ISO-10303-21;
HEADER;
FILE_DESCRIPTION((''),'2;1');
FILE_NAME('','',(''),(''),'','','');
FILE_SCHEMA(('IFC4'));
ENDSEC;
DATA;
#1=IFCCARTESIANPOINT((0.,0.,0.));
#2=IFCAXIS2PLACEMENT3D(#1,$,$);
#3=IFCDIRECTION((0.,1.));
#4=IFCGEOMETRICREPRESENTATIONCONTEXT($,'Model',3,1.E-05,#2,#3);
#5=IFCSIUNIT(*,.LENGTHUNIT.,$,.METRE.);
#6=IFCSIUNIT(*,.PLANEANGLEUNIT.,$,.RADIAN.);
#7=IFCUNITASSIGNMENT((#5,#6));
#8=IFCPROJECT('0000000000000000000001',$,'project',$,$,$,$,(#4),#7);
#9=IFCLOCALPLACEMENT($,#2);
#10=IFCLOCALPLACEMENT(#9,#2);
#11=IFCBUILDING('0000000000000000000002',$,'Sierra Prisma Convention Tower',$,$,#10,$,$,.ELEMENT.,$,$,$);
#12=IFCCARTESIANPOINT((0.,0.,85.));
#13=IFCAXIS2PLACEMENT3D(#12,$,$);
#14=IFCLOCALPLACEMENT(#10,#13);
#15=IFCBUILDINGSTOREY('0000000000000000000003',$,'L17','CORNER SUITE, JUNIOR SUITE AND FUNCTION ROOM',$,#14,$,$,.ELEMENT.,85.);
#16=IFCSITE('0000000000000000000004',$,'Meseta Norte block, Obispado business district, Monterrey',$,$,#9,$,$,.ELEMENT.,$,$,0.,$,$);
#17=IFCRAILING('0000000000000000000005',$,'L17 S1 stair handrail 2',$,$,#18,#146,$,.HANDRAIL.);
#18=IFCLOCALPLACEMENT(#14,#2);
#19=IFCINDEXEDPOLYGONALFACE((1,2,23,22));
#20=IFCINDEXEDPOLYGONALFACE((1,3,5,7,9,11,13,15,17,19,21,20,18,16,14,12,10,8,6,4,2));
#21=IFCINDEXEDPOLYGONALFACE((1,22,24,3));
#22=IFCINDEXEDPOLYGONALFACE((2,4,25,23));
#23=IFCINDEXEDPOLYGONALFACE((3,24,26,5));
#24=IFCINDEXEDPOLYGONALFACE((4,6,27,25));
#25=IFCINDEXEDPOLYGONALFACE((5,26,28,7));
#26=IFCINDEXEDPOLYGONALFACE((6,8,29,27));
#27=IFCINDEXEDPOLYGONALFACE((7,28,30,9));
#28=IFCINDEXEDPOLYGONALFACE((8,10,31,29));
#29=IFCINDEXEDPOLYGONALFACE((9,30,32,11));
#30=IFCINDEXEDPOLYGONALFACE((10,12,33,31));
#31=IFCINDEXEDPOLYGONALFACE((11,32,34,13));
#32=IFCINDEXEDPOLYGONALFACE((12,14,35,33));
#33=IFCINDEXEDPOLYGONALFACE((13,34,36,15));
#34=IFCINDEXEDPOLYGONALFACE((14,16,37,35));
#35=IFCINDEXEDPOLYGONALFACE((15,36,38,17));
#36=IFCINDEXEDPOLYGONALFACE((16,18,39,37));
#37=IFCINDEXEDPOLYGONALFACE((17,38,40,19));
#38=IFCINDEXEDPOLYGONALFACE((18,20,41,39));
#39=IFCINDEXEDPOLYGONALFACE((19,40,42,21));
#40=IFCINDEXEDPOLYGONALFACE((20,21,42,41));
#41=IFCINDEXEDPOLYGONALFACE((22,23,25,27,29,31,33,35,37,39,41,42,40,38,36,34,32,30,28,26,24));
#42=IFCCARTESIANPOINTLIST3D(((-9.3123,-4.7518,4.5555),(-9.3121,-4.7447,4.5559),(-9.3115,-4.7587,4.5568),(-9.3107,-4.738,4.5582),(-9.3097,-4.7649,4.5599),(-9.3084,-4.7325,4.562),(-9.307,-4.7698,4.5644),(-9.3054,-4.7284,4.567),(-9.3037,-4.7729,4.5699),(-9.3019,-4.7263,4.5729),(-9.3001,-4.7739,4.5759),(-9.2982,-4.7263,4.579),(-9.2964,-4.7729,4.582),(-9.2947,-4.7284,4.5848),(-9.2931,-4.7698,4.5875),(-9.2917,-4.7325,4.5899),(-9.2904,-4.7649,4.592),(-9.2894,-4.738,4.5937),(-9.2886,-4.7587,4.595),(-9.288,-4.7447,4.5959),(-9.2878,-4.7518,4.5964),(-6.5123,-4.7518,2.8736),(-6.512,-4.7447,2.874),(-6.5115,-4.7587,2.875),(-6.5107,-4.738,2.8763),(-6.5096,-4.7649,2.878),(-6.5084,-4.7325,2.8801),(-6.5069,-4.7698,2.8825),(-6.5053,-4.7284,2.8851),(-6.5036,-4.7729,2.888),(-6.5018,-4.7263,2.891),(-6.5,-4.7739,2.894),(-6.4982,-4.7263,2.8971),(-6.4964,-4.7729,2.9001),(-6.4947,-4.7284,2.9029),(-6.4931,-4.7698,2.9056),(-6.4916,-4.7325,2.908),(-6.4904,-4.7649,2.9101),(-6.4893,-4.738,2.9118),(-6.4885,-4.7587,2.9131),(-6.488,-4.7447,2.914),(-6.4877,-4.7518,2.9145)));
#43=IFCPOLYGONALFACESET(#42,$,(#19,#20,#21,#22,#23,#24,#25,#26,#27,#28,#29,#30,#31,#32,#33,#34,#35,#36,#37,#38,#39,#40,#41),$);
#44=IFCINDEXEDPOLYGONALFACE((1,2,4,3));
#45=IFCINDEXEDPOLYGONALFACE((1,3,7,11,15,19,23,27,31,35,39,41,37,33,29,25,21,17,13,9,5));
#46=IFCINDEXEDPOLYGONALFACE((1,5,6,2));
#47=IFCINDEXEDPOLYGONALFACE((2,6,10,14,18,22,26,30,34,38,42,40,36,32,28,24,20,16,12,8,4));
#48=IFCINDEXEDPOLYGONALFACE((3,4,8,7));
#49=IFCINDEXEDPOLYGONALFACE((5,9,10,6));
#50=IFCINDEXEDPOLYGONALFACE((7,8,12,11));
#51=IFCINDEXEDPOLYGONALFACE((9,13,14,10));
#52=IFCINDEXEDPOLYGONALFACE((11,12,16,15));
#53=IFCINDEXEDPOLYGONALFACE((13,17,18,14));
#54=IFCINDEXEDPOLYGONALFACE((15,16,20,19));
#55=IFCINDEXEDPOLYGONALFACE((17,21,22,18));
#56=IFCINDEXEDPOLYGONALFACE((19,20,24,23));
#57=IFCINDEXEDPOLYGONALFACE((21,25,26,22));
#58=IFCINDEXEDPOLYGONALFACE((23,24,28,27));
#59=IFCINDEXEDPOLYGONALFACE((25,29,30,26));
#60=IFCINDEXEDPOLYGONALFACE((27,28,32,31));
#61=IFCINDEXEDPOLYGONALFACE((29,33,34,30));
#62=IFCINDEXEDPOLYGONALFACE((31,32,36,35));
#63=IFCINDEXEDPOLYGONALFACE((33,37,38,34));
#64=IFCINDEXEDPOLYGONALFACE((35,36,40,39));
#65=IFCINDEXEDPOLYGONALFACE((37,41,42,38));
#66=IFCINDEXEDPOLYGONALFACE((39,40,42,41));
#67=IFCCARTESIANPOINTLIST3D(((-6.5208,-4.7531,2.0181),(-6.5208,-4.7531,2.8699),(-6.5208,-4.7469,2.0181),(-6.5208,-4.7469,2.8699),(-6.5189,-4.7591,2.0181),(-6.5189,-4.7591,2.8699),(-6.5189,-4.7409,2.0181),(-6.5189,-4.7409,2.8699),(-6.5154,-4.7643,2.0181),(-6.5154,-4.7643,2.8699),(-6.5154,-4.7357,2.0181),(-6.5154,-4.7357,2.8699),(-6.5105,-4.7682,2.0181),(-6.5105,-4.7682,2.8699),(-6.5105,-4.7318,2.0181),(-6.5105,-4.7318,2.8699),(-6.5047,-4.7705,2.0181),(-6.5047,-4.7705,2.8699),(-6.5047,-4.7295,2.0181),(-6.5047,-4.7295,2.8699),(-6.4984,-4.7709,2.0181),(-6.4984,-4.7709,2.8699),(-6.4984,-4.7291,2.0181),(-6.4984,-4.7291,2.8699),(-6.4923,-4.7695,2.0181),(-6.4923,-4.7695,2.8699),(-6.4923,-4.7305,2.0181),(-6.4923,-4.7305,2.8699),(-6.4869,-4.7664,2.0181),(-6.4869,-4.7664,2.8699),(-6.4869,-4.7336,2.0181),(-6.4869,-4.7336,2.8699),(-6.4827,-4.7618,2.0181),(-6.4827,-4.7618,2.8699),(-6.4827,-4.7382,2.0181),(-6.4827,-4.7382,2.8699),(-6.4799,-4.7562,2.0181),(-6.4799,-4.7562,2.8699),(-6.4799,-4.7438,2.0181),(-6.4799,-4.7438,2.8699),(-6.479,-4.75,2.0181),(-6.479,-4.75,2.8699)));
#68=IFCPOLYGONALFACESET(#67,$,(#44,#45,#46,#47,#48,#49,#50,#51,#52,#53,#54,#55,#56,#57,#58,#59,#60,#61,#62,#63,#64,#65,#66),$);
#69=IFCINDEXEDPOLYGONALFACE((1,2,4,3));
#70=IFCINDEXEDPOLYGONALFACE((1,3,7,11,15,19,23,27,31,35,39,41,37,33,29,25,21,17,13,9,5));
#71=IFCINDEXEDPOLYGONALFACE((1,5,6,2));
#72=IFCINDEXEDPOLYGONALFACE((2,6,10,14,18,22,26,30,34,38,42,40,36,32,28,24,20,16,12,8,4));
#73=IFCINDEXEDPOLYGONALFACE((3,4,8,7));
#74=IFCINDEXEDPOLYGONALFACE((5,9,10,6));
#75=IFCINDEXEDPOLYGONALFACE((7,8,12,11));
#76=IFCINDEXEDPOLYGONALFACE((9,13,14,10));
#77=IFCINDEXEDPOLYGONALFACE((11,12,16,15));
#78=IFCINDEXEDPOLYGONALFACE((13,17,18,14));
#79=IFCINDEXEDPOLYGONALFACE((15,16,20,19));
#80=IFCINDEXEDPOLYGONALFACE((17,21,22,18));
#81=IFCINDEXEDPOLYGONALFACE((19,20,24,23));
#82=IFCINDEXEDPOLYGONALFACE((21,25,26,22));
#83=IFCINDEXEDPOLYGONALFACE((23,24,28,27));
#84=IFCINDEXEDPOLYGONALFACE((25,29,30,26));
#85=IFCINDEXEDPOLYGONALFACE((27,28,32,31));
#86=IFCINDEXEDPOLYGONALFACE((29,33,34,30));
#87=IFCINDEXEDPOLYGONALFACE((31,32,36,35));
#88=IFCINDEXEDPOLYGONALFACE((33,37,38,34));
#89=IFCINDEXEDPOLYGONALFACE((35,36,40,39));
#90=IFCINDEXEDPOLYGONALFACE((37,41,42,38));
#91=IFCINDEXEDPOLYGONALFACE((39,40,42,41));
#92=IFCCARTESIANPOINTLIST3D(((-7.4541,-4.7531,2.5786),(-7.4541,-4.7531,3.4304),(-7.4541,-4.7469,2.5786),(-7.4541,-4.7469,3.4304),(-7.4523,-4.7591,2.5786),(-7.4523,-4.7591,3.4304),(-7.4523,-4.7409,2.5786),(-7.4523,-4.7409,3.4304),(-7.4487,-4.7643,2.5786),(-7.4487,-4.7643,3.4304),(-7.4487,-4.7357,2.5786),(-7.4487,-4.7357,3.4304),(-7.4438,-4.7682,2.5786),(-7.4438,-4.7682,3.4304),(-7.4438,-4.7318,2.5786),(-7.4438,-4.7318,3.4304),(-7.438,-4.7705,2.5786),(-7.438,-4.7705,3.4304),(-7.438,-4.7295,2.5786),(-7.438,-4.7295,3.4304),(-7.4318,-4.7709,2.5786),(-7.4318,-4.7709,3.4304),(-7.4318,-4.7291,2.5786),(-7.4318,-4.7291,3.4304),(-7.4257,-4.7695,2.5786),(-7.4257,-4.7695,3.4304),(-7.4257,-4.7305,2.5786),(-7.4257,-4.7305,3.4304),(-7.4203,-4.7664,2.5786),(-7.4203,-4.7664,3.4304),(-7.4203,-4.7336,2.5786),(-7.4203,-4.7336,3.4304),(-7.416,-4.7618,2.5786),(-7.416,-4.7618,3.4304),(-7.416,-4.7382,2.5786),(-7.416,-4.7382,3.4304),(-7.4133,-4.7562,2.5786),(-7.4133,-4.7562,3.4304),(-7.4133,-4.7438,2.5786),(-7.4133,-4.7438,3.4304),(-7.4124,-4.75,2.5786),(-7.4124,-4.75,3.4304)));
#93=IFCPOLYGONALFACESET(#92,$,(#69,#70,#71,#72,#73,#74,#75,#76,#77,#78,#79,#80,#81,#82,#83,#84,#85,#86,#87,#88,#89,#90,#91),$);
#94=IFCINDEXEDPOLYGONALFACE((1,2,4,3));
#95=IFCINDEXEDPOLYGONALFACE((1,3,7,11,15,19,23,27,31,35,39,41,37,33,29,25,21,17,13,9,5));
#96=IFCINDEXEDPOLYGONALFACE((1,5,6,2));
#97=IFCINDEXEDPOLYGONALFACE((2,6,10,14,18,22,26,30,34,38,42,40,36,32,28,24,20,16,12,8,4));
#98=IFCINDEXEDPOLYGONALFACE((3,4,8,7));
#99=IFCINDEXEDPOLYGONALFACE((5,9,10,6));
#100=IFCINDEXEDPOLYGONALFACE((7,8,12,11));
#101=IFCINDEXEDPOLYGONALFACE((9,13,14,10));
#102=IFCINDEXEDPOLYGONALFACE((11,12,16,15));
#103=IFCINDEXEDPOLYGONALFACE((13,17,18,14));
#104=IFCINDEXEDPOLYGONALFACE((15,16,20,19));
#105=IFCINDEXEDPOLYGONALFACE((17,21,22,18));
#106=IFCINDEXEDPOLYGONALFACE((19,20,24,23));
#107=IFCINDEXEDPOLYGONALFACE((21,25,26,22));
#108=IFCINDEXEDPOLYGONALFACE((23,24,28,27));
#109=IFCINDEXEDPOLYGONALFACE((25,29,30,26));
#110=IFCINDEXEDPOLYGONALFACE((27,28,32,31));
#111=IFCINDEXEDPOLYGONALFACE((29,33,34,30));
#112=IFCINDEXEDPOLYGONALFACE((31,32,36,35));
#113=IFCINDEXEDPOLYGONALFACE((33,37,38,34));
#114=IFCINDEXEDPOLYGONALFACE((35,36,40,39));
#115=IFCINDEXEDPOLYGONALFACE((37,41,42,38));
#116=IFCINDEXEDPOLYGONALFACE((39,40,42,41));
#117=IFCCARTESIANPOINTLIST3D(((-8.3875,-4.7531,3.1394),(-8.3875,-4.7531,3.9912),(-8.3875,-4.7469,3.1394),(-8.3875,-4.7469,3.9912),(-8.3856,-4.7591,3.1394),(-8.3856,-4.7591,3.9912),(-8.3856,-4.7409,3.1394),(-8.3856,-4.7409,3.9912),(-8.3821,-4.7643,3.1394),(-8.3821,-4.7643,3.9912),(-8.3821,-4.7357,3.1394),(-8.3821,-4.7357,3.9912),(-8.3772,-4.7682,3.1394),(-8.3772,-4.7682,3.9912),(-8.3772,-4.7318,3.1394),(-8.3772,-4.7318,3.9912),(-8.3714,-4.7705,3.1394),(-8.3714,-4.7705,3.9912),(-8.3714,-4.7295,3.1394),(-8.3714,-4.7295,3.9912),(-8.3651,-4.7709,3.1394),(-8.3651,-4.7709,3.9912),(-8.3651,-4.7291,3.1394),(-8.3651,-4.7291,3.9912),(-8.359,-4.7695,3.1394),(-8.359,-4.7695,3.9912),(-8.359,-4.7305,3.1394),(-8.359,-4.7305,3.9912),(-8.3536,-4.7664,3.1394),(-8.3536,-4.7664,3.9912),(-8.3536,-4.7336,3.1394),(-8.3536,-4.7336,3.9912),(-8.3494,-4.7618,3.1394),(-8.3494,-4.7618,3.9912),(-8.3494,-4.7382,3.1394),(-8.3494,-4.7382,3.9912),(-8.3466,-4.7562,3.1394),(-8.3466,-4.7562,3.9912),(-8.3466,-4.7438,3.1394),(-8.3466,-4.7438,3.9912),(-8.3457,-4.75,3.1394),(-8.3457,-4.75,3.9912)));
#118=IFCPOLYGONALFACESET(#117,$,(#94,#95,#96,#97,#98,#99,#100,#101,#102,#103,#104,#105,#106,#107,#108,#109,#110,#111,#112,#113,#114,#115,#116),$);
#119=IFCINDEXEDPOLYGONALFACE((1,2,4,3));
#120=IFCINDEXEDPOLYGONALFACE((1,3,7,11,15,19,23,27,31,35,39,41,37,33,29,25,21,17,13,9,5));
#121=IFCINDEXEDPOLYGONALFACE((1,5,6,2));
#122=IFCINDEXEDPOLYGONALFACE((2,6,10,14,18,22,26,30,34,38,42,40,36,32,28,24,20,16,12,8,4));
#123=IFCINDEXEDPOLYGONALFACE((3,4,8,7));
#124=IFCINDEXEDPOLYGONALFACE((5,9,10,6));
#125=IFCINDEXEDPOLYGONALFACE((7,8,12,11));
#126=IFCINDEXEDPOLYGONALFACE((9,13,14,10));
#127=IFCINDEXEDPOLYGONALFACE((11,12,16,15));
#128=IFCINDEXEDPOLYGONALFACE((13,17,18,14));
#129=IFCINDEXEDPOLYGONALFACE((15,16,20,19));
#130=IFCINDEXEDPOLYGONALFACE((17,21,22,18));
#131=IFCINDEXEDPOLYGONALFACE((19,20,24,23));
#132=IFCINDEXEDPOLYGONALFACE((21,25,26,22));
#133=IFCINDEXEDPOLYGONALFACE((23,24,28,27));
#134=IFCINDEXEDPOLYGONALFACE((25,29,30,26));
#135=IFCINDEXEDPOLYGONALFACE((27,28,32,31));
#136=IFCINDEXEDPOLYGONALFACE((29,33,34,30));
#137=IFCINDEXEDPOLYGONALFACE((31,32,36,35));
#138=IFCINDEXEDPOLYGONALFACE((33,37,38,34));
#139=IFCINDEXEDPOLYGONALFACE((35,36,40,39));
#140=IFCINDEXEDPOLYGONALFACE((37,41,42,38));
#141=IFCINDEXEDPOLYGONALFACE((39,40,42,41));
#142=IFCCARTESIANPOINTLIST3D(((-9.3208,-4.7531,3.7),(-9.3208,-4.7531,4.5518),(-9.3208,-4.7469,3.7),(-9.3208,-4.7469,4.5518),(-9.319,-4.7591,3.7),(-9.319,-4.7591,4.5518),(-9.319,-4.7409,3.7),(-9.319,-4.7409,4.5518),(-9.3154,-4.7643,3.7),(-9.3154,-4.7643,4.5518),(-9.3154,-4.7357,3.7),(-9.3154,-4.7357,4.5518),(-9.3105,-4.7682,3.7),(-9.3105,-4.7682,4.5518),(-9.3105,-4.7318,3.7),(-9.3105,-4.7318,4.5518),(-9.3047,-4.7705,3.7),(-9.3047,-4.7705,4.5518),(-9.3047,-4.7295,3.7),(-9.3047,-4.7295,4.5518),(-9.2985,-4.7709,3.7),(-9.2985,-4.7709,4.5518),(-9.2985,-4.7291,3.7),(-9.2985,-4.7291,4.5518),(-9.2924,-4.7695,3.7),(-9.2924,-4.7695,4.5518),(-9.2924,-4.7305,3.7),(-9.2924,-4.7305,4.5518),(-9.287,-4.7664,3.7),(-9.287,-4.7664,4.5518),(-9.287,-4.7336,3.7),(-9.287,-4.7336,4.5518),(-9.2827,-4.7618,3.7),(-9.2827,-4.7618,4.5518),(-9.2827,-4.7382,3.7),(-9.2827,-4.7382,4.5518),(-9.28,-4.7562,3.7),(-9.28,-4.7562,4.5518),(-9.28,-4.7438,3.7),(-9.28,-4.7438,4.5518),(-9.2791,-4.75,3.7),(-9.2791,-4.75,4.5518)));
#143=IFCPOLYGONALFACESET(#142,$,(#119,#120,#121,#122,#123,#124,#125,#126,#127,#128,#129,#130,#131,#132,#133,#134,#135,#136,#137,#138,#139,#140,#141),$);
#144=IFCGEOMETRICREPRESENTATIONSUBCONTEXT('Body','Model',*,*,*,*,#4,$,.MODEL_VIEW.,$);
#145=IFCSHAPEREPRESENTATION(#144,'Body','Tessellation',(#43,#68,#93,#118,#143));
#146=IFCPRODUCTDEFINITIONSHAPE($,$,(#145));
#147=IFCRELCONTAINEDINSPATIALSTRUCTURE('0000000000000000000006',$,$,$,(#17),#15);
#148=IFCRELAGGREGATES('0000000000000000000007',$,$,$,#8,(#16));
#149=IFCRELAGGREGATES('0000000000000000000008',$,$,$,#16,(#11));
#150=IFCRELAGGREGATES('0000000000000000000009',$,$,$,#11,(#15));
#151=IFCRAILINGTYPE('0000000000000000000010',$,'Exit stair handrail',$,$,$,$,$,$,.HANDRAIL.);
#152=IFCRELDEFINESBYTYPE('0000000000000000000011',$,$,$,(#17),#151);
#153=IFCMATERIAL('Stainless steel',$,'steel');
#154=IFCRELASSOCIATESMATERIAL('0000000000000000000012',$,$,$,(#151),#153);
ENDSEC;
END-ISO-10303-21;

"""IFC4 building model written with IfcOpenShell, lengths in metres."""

from ifc_helpers import new_model, si_unit, direction, frame, origin, origin_2d, place, context, subcontext, project, spatial, circle, extrude, material, type_object, element, save


model = new_model("IFC4")

# Units and contexts
model_context = context("Model", 3, precision=1e-05, world=origin(), true_north=direction((0.0, 1.0)))
body_context = subcontext(model_context, "Body", "Model", "MODEL_VIEW")
ifc_project = project(units=[si_unit("LENGTHUNIT", "METRE"), si_unit("PLANEANGLEUNIT", "RADIAN")], contexts=[model_context])

# Site, building, storey
site_placement = place(None, origin())
site = spatial("IfcSite", under=ifc_project, at=site_placement, Name="Meseta Norte block, Obispado business district, Monterrey", CompositionType="ELEMENT", RefElevation=0.0)
building_placement = place(site_placement, origin())
building = spatial("IfcBuilding", under=site, at=building_placement, Name="Sierra Prisma Convention Tower", CompositionType="ELEMENT")
storey_placement = place(building_placement, frame((0.0, 0.0, 85.0)))
storey = spatial("IfcBuildingStorey", under=building, at=storey_placement, Name="L17", Description="CORNER SUITE, JUNIOR SUITE AND FUNCTION ROOM", CompositionType="ELEMENT", Elevation=85.0)

# Railing
ifc_material_1 = material(Name="Stainless steel", Category="steel")
railing_type_1 = type_object("IfcRailingType", Name="Exit stair handrail", PredefinedType="HANDRAIL", material=ifc_material_1)
railing_1_placement = place(storey_placement, frame((-6.5, -4.75, 2.0181)))
element("IfcRailing", 1, at=railing_1_placement, inside=storey, type_object=railing_type_1, Name="L17 S1 stair handrail 2", PredefinedType="HANDRAIL", context=body_context, shape_type="SweptSolid", body=[
    extrude(circle(Radius=0.0239, at=origin_2d()), frame((0.0, 0.0, 0.876), z_axis=(-0.857242, 0.0, 0.514913), x_axis=(0.0, -1.0, 0.0)), (0.0, 0.0, 1.0), 3.2664),
    extrude(circle(Radius=0.021, at=origin_2d()), origin(), (0.0, 0.0, 1.0), 0.8518),
    extrude(circle(Radius=0.021, at=origin_2d()), frame((-0.9333, 0.0, 0.5605)), (0.0, 0.0, 1.0), 0.8518),
    extrude(circle(Radius=0.021, at=origin_2d()), frame((-1.8667, 0.0, 1.1213)), (0.0, 0.0, 1.0), 0.8518),
    extrude(circle(Radius=0.021, at=origin_2d()), frame((-2.8, 0.0, 1.6819)), (0.0, 0.0, 1.0), 0.8518),
])

save(model, "model.ifc")
